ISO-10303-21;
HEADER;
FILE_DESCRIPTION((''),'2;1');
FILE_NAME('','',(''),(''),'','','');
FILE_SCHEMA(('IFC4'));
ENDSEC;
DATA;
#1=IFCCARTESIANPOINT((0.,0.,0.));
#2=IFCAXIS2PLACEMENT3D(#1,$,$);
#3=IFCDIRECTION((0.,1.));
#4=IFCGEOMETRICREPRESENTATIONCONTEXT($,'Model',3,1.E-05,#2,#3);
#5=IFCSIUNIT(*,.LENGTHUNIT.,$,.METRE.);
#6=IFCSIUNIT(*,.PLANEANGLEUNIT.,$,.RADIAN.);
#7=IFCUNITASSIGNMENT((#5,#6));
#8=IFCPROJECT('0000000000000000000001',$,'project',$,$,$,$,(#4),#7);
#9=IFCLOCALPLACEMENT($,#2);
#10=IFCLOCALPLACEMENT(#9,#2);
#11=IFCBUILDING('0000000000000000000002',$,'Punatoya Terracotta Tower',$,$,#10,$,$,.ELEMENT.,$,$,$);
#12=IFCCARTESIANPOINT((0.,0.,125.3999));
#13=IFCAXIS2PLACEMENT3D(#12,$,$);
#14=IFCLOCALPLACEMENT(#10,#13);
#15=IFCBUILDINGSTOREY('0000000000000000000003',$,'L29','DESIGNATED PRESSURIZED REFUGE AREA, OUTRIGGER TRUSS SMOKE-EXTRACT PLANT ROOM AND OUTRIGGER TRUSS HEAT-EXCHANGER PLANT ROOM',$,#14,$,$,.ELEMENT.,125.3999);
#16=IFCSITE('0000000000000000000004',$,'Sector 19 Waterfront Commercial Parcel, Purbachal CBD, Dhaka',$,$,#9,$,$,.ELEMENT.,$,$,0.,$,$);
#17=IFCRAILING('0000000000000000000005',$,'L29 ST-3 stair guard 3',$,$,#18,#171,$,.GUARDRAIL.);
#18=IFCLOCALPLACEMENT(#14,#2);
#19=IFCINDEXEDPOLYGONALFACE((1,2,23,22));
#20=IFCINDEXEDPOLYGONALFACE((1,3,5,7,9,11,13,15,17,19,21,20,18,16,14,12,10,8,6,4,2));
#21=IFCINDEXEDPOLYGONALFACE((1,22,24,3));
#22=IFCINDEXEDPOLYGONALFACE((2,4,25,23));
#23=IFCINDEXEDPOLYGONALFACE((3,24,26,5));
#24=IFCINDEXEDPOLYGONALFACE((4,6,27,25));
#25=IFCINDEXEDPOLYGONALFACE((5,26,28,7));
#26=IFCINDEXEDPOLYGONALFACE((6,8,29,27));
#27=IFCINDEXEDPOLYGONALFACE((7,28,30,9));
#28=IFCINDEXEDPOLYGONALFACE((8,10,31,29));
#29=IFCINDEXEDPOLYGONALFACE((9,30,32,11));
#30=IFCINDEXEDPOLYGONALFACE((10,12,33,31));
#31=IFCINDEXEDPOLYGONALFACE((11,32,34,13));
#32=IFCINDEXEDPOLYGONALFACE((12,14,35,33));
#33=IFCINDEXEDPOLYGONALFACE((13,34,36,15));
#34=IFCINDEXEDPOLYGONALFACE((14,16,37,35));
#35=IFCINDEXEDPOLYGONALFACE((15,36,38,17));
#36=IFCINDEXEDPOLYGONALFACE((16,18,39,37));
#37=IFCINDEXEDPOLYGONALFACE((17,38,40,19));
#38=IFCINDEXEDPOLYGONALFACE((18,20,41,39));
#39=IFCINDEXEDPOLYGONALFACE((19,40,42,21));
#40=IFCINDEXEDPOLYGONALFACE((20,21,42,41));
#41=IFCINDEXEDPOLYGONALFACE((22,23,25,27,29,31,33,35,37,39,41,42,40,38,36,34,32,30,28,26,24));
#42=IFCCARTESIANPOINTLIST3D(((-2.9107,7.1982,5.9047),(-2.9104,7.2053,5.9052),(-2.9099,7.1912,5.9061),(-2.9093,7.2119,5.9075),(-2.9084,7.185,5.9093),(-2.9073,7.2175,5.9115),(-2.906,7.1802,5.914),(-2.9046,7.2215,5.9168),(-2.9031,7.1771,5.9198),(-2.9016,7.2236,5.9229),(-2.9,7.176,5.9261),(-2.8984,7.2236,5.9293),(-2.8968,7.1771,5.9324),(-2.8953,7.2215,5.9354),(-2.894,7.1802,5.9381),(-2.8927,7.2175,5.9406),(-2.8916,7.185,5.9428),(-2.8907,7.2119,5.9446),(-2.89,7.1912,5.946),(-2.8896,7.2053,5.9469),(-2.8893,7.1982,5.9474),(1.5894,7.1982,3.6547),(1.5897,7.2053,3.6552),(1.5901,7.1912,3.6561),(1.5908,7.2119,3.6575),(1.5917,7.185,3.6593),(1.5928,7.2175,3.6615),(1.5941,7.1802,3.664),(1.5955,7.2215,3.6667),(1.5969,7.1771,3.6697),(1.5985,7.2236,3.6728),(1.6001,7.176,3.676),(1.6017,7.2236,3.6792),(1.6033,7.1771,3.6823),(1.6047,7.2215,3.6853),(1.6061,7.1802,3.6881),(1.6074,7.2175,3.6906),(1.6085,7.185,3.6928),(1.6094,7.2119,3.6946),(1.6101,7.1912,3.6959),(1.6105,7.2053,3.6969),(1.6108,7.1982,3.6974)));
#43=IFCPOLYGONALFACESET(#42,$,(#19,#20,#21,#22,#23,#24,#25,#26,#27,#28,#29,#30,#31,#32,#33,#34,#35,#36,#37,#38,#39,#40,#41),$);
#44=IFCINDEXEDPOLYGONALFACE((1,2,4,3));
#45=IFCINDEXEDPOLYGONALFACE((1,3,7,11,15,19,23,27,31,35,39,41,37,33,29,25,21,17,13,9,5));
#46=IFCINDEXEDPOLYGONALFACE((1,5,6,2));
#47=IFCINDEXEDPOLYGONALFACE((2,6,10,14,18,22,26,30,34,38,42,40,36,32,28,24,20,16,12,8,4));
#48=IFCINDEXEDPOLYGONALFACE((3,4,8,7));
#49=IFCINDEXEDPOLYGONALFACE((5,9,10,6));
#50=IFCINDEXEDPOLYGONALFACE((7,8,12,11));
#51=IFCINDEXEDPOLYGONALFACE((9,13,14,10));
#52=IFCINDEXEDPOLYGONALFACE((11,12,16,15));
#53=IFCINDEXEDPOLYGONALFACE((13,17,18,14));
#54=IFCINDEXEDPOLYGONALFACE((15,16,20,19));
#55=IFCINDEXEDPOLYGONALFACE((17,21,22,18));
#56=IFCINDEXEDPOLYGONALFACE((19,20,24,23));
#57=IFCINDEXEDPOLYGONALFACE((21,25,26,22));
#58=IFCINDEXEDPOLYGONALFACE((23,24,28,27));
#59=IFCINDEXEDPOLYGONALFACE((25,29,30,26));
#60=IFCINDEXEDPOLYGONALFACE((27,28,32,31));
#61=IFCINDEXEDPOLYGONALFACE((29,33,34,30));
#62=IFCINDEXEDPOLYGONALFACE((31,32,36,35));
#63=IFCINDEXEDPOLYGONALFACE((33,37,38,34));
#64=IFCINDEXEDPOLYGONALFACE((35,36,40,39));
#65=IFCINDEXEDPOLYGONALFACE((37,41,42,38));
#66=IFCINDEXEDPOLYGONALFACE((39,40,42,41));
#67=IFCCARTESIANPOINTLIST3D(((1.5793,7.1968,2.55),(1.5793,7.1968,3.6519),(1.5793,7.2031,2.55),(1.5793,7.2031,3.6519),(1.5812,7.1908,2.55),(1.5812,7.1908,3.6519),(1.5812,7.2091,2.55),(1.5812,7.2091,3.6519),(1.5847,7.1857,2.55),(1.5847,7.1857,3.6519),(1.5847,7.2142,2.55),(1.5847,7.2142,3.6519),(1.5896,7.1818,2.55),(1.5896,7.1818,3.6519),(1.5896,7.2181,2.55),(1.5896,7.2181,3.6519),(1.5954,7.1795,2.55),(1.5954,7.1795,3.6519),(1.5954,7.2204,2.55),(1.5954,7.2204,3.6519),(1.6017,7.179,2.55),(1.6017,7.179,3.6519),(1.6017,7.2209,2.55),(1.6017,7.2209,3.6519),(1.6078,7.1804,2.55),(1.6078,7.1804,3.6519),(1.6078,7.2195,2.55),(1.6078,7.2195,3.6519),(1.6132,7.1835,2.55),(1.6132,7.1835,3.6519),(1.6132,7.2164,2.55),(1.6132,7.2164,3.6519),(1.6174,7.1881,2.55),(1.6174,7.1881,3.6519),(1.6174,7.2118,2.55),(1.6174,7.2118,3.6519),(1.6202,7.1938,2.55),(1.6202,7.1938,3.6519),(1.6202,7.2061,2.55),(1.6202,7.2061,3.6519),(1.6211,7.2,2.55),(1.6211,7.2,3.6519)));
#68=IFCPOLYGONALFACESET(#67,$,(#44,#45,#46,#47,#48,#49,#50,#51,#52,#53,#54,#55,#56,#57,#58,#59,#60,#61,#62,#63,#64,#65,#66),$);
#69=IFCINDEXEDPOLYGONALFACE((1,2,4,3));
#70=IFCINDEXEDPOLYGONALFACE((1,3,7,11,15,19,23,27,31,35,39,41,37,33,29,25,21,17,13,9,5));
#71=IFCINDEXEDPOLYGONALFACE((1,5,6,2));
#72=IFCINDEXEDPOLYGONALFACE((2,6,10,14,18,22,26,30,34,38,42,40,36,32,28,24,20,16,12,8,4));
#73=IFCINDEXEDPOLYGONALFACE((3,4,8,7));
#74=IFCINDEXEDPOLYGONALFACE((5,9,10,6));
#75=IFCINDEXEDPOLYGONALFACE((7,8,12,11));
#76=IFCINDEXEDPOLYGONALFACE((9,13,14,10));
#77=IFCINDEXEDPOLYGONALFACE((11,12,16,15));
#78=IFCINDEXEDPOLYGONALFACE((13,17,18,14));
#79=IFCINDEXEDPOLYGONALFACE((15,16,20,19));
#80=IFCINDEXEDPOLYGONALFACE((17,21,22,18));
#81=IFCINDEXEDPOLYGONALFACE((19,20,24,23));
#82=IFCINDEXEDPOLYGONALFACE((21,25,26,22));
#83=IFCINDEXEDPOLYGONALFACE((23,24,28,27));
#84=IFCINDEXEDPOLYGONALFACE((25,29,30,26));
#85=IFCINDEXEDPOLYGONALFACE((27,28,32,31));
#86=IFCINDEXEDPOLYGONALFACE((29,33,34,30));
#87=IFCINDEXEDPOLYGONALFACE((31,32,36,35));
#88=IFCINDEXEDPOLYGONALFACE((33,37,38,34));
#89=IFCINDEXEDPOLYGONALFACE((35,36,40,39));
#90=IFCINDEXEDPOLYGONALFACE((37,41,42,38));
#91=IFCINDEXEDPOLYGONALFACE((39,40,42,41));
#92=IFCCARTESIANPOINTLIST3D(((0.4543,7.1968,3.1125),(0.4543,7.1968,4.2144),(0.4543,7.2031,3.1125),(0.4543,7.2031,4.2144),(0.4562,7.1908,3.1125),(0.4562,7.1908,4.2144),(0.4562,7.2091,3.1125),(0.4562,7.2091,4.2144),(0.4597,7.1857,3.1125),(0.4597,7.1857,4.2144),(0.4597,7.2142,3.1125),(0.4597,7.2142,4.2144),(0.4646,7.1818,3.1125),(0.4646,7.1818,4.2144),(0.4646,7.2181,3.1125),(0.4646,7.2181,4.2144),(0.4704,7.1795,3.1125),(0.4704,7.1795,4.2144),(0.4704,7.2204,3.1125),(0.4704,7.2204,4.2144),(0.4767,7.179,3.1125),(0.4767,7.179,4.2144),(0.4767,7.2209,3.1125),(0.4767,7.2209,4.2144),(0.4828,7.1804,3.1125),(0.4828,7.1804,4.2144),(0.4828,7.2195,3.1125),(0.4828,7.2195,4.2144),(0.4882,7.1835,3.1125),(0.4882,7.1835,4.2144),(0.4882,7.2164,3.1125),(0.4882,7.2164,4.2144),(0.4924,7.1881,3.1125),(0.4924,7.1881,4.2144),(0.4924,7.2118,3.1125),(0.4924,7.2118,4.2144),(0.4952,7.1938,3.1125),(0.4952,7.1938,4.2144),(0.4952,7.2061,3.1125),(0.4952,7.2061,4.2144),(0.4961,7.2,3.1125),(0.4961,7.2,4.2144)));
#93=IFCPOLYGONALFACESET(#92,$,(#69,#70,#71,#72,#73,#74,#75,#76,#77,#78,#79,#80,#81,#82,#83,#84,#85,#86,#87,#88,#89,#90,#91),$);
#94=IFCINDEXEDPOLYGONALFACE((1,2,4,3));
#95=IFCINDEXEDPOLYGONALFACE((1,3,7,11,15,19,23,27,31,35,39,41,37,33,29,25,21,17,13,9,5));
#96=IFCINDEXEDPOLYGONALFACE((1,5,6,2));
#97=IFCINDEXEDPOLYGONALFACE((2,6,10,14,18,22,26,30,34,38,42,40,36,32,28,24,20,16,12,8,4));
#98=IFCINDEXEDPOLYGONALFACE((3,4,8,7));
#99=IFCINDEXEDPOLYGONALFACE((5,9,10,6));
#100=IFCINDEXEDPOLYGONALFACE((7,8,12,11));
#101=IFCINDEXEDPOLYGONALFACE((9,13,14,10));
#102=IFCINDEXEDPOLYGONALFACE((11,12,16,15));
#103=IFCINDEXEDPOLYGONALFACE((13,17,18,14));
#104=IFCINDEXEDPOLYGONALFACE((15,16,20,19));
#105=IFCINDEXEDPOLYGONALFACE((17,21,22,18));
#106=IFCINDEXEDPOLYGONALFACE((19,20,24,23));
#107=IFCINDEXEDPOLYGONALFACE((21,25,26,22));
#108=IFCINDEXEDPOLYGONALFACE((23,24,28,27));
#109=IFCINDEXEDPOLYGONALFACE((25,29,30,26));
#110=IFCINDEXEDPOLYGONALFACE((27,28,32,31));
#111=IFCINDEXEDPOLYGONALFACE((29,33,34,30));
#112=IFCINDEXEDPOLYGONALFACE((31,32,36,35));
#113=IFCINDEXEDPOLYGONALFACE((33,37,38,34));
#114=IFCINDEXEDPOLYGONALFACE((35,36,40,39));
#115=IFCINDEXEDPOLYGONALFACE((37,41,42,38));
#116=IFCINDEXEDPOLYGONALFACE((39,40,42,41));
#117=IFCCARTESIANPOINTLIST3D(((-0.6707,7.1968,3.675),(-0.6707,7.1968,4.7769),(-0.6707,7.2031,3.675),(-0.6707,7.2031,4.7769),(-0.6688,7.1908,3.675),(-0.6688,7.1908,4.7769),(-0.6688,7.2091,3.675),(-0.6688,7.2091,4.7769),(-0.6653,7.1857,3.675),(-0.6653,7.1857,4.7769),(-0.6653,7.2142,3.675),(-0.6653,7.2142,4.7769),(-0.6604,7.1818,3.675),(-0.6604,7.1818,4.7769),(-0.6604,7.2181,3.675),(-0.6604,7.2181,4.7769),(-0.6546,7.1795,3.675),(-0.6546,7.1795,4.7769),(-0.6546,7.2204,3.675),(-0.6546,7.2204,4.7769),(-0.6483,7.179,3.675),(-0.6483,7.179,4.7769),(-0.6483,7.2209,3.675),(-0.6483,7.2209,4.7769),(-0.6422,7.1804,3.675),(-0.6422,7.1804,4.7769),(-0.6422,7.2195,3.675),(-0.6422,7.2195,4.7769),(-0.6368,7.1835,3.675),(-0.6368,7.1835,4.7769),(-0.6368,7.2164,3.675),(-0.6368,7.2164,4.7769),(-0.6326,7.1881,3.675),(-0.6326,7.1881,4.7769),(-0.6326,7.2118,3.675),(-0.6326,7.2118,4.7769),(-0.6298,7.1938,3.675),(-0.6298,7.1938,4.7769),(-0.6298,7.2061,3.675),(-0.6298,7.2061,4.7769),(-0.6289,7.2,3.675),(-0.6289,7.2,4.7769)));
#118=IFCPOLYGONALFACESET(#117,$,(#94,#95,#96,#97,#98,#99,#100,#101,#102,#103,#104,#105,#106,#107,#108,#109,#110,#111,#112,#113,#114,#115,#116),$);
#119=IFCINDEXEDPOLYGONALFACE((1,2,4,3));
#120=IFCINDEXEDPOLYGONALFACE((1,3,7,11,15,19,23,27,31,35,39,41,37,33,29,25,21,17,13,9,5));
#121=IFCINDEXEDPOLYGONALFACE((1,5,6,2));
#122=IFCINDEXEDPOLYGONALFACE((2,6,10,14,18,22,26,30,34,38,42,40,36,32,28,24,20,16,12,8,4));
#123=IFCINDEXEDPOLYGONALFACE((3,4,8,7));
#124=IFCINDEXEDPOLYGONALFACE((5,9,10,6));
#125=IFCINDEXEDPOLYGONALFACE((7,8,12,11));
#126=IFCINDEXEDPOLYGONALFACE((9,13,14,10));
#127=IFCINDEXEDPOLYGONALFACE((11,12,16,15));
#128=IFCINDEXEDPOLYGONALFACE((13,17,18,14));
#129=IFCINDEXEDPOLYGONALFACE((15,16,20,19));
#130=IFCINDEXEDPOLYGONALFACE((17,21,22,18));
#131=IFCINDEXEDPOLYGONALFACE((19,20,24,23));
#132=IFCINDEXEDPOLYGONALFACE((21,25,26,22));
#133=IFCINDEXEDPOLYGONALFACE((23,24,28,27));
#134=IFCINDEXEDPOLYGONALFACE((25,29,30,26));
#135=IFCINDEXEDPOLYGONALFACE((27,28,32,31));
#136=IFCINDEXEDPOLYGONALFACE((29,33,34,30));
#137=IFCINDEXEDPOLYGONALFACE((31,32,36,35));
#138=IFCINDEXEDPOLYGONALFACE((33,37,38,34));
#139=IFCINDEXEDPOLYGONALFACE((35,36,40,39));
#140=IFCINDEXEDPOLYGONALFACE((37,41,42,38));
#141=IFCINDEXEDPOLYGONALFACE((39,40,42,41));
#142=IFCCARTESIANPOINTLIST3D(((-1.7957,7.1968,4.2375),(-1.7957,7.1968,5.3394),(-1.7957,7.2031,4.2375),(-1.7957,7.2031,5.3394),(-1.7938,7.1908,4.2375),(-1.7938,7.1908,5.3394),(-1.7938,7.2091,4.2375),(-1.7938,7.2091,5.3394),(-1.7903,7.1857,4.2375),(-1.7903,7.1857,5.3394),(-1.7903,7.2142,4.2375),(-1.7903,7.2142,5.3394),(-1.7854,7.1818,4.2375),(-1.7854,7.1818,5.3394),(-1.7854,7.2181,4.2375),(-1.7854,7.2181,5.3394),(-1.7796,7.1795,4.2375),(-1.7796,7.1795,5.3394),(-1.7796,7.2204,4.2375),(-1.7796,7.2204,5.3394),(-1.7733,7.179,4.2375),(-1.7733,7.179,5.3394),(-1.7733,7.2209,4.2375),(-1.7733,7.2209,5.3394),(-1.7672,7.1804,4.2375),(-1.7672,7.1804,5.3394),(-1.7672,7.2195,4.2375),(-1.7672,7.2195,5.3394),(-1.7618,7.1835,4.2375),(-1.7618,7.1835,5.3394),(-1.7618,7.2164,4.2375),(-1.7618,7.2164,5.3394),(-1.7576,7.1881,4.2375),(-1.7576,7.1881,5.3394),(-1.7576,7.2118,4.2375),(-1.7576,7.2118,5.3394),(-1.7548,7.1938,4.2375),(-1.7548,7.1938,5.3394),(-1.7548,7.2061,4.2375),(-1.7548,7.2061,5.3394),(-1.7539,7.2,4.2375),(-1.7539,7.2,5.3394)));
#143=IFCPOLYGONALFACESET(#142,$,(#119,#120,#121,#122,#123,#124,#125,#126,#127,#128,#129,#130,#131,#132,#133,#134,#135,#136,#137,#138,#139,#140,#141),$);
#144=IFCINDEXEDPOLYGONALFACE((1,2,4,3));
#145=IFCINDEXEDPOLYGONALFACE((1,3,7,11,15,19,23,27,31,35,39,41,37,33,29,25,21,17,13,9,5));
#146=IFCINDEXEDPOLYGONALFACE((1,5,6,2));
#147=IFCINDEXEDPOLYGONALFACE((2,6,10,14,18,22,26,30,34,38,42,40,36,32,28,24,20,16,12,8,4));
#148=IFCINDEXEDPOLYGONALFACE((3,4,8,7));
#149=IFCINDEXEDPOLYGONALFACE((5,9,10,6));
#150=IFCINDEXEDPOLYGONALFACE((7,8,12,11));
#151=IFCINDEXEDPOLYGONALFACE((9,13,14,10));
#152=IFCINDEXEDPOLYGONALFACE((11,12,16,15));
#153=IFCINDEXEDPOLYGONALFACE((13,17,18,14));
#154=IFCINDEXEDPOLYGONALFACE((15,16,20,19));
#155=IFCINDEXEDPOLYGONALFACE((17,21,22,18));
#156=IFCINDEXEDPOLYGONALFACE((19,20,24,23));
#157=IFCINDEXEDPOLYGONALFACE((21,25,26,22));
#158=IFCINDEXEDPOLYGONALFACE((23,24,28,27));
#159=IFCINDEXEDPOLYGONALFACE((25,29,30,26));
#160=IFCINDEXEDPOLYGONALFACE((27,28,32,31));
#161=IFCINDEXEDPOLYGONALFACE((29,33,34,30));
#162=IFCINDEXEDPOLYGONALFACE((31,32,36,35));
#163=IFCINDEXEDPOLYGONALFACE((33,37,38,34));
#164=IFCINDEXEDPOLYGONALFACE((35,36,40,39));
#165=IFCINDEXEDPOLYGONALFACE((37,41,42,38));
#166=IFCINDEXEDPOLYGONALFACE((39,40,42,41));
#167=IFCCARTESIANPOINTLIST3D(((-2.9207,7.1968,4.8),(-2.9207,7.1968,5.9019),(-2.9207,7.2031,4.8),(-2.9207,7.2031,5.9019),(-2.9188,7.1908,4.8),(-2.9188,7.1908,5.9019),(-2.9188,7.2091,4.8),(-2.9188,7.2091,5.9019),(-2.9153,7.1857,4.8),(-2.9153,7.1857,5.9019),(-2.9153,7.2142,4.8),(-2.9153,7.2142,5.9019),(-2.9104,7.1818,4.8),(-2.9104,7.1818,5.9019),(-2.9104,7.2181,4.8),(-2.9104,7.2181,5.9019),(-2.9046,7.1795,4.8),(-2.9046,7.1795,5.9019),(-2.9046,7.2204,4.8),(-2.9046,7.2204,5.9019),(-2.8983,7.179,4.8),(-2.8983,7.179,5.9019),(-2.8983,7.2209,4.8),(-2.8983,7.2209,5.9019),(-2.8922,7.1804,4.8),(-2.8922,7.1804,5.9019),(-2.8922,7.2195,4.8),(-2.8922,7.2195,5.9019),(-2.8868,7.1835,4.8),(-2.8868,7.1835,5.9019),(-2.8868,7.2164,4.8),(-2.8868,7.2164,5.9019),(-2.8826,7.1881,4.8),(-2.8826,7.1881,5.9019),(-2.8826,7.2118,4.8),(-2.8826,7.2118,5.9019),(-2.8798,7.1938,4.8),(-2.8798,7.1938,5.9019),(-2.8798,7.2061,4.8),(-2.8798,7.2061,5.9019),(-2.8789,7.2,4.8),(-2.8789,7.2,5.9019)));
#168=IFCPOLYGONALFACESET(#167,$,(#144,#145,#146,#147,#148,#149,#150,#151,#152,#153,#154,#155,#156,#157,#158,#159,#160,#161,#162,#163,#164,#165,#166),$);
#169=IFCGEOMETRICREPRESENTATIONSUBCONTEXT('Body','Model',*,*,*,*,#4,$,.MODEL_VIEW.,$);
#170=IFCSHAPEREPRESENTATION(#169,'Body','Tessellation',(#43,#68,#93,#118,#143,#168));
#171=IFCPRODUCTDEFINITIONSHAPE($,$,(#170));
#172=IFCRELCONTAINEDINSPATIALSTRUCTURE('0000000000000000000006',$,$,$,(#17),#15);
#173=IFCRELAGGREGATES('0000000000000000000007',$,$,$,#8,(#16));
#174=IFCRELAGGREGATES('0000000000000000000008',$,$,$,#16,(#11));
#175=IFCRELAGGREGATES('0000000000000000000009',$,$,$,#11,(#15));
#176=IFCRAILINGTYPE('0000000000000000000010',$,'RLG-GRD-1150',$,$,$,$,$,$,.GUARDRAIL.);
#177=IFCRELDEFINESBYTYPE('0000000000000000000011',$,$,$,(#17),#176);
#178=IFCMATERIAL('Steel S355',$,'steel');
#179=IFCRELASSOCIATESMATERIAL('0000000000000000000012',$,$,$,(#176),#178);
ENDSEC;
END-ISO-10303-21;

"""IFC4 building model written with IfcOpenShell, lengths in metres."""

from ifc_helpers import new_model, si_unit, direction, frame, origin, origin_2d, place, context, subcontext, project, spatial, circle, extrude, material, type_object, element, save


model = new_model("IFC4")

# Units and contexts
model_context = context("Model", 3, precision=1e-05, world=origin(), true_north=direction((0.0, 1.0)))
body_context = subcontext(model_context, "Body", "Model", "MODEL_VIEW")
ifc_project = project(units=[si_unit("LENGTHUNIT", "METRE"), si_unit("PLANEANGLEUNIT", "RADIAN")], contexts=[model_context])

# Site, building, storey
site_placement = place(None, origin())
site = spatial("IfcSite", under=ifc_project, at=site_placement, Name="Sector 19 Waterfront Commercial Parcel, Purbachal CBD, Dhaka", CompositionType="ELEMENT", RefElevation=0.0)
building_placement = place(site_placement, origin())
building = spatial("IfcBuilding", under=site, at=building_placement, Name="Punatoya Terracotta Tower", CompositionType="ELEMENT")
storey_placement = place(building_placement, frame((0.0, 0.0, 125.3999)))
storey = spatial("IfcBuildingStorey", under=building, at=storey_placement, Name="L29", Description="DESIGNATED PRESSURIZED REFUGE AREA, OUTRIGGER TRUSS SMOKE-EXTRACT PLANT ROOM AND OUTRIGGER TRUSS HEAT-EXCHANGER PLANT ROOM", CompositionType="ELEMENT", Elevation=125.3999)

# Shared definitions
ifc_material_1 = material(Name="Steel S355", Category="steel")

# Railing
railing_type_1 = type_object("IfcRailingType", Name="RLG-GRD-1150", PredefinedType="GUARDRAIL", material=ifc_material_1)
railing_1_placement = place(storey_placement, frame((1.6001, 7.2, 2.55)))
element("IfcRailing", 1, at=railing_1_placement, inside=storey, type_object=railing_type_1, Name="L29 ST-3 stair guard 3", PredefinedType="GUARDRAIL", context=body_context, shape_type="SweptSolid", body=[
    extrude(circle(Radius=0.0239, at=origin_2d()), frame((0.0, 0.0, 1.126), z_axis=(-0.894427, 0.0, 0.447214), x_axis=(0.0, -1.0, 0.0)), (0.0, 0.0, 1.0), 5.0312),
    extrude(circle(Radius=0.021, at=origin_2d()), origin(), (0.0, 0.0, 1.0), 1.1018),
    extrude(circle(Radius=0.021, at=origin_2d()), frame((-1.125, 0.0, 0.5625)), (0.0, 0.0, 1.0), 1.1018),
    extrude(circle(Radius=0.021, at=origin_2d()), frame((-2.25, 0.0, 1.125)), (0.0, 0.0, 1.0), 1.1018),
    extrude(circle(Radius=0.021, at=origin_2d()), frame((-3.375, 0.0, 1.6875)), (0.0, 0.0, 1.0), 1.1018),
    extrude(circle(Radius=0.021, at=origin_2d()), frame((-4.5, 0.0, 2.25)), (0.0, 0.0, 1.0), 1.1018),
])

save(model, "model.ifc")
